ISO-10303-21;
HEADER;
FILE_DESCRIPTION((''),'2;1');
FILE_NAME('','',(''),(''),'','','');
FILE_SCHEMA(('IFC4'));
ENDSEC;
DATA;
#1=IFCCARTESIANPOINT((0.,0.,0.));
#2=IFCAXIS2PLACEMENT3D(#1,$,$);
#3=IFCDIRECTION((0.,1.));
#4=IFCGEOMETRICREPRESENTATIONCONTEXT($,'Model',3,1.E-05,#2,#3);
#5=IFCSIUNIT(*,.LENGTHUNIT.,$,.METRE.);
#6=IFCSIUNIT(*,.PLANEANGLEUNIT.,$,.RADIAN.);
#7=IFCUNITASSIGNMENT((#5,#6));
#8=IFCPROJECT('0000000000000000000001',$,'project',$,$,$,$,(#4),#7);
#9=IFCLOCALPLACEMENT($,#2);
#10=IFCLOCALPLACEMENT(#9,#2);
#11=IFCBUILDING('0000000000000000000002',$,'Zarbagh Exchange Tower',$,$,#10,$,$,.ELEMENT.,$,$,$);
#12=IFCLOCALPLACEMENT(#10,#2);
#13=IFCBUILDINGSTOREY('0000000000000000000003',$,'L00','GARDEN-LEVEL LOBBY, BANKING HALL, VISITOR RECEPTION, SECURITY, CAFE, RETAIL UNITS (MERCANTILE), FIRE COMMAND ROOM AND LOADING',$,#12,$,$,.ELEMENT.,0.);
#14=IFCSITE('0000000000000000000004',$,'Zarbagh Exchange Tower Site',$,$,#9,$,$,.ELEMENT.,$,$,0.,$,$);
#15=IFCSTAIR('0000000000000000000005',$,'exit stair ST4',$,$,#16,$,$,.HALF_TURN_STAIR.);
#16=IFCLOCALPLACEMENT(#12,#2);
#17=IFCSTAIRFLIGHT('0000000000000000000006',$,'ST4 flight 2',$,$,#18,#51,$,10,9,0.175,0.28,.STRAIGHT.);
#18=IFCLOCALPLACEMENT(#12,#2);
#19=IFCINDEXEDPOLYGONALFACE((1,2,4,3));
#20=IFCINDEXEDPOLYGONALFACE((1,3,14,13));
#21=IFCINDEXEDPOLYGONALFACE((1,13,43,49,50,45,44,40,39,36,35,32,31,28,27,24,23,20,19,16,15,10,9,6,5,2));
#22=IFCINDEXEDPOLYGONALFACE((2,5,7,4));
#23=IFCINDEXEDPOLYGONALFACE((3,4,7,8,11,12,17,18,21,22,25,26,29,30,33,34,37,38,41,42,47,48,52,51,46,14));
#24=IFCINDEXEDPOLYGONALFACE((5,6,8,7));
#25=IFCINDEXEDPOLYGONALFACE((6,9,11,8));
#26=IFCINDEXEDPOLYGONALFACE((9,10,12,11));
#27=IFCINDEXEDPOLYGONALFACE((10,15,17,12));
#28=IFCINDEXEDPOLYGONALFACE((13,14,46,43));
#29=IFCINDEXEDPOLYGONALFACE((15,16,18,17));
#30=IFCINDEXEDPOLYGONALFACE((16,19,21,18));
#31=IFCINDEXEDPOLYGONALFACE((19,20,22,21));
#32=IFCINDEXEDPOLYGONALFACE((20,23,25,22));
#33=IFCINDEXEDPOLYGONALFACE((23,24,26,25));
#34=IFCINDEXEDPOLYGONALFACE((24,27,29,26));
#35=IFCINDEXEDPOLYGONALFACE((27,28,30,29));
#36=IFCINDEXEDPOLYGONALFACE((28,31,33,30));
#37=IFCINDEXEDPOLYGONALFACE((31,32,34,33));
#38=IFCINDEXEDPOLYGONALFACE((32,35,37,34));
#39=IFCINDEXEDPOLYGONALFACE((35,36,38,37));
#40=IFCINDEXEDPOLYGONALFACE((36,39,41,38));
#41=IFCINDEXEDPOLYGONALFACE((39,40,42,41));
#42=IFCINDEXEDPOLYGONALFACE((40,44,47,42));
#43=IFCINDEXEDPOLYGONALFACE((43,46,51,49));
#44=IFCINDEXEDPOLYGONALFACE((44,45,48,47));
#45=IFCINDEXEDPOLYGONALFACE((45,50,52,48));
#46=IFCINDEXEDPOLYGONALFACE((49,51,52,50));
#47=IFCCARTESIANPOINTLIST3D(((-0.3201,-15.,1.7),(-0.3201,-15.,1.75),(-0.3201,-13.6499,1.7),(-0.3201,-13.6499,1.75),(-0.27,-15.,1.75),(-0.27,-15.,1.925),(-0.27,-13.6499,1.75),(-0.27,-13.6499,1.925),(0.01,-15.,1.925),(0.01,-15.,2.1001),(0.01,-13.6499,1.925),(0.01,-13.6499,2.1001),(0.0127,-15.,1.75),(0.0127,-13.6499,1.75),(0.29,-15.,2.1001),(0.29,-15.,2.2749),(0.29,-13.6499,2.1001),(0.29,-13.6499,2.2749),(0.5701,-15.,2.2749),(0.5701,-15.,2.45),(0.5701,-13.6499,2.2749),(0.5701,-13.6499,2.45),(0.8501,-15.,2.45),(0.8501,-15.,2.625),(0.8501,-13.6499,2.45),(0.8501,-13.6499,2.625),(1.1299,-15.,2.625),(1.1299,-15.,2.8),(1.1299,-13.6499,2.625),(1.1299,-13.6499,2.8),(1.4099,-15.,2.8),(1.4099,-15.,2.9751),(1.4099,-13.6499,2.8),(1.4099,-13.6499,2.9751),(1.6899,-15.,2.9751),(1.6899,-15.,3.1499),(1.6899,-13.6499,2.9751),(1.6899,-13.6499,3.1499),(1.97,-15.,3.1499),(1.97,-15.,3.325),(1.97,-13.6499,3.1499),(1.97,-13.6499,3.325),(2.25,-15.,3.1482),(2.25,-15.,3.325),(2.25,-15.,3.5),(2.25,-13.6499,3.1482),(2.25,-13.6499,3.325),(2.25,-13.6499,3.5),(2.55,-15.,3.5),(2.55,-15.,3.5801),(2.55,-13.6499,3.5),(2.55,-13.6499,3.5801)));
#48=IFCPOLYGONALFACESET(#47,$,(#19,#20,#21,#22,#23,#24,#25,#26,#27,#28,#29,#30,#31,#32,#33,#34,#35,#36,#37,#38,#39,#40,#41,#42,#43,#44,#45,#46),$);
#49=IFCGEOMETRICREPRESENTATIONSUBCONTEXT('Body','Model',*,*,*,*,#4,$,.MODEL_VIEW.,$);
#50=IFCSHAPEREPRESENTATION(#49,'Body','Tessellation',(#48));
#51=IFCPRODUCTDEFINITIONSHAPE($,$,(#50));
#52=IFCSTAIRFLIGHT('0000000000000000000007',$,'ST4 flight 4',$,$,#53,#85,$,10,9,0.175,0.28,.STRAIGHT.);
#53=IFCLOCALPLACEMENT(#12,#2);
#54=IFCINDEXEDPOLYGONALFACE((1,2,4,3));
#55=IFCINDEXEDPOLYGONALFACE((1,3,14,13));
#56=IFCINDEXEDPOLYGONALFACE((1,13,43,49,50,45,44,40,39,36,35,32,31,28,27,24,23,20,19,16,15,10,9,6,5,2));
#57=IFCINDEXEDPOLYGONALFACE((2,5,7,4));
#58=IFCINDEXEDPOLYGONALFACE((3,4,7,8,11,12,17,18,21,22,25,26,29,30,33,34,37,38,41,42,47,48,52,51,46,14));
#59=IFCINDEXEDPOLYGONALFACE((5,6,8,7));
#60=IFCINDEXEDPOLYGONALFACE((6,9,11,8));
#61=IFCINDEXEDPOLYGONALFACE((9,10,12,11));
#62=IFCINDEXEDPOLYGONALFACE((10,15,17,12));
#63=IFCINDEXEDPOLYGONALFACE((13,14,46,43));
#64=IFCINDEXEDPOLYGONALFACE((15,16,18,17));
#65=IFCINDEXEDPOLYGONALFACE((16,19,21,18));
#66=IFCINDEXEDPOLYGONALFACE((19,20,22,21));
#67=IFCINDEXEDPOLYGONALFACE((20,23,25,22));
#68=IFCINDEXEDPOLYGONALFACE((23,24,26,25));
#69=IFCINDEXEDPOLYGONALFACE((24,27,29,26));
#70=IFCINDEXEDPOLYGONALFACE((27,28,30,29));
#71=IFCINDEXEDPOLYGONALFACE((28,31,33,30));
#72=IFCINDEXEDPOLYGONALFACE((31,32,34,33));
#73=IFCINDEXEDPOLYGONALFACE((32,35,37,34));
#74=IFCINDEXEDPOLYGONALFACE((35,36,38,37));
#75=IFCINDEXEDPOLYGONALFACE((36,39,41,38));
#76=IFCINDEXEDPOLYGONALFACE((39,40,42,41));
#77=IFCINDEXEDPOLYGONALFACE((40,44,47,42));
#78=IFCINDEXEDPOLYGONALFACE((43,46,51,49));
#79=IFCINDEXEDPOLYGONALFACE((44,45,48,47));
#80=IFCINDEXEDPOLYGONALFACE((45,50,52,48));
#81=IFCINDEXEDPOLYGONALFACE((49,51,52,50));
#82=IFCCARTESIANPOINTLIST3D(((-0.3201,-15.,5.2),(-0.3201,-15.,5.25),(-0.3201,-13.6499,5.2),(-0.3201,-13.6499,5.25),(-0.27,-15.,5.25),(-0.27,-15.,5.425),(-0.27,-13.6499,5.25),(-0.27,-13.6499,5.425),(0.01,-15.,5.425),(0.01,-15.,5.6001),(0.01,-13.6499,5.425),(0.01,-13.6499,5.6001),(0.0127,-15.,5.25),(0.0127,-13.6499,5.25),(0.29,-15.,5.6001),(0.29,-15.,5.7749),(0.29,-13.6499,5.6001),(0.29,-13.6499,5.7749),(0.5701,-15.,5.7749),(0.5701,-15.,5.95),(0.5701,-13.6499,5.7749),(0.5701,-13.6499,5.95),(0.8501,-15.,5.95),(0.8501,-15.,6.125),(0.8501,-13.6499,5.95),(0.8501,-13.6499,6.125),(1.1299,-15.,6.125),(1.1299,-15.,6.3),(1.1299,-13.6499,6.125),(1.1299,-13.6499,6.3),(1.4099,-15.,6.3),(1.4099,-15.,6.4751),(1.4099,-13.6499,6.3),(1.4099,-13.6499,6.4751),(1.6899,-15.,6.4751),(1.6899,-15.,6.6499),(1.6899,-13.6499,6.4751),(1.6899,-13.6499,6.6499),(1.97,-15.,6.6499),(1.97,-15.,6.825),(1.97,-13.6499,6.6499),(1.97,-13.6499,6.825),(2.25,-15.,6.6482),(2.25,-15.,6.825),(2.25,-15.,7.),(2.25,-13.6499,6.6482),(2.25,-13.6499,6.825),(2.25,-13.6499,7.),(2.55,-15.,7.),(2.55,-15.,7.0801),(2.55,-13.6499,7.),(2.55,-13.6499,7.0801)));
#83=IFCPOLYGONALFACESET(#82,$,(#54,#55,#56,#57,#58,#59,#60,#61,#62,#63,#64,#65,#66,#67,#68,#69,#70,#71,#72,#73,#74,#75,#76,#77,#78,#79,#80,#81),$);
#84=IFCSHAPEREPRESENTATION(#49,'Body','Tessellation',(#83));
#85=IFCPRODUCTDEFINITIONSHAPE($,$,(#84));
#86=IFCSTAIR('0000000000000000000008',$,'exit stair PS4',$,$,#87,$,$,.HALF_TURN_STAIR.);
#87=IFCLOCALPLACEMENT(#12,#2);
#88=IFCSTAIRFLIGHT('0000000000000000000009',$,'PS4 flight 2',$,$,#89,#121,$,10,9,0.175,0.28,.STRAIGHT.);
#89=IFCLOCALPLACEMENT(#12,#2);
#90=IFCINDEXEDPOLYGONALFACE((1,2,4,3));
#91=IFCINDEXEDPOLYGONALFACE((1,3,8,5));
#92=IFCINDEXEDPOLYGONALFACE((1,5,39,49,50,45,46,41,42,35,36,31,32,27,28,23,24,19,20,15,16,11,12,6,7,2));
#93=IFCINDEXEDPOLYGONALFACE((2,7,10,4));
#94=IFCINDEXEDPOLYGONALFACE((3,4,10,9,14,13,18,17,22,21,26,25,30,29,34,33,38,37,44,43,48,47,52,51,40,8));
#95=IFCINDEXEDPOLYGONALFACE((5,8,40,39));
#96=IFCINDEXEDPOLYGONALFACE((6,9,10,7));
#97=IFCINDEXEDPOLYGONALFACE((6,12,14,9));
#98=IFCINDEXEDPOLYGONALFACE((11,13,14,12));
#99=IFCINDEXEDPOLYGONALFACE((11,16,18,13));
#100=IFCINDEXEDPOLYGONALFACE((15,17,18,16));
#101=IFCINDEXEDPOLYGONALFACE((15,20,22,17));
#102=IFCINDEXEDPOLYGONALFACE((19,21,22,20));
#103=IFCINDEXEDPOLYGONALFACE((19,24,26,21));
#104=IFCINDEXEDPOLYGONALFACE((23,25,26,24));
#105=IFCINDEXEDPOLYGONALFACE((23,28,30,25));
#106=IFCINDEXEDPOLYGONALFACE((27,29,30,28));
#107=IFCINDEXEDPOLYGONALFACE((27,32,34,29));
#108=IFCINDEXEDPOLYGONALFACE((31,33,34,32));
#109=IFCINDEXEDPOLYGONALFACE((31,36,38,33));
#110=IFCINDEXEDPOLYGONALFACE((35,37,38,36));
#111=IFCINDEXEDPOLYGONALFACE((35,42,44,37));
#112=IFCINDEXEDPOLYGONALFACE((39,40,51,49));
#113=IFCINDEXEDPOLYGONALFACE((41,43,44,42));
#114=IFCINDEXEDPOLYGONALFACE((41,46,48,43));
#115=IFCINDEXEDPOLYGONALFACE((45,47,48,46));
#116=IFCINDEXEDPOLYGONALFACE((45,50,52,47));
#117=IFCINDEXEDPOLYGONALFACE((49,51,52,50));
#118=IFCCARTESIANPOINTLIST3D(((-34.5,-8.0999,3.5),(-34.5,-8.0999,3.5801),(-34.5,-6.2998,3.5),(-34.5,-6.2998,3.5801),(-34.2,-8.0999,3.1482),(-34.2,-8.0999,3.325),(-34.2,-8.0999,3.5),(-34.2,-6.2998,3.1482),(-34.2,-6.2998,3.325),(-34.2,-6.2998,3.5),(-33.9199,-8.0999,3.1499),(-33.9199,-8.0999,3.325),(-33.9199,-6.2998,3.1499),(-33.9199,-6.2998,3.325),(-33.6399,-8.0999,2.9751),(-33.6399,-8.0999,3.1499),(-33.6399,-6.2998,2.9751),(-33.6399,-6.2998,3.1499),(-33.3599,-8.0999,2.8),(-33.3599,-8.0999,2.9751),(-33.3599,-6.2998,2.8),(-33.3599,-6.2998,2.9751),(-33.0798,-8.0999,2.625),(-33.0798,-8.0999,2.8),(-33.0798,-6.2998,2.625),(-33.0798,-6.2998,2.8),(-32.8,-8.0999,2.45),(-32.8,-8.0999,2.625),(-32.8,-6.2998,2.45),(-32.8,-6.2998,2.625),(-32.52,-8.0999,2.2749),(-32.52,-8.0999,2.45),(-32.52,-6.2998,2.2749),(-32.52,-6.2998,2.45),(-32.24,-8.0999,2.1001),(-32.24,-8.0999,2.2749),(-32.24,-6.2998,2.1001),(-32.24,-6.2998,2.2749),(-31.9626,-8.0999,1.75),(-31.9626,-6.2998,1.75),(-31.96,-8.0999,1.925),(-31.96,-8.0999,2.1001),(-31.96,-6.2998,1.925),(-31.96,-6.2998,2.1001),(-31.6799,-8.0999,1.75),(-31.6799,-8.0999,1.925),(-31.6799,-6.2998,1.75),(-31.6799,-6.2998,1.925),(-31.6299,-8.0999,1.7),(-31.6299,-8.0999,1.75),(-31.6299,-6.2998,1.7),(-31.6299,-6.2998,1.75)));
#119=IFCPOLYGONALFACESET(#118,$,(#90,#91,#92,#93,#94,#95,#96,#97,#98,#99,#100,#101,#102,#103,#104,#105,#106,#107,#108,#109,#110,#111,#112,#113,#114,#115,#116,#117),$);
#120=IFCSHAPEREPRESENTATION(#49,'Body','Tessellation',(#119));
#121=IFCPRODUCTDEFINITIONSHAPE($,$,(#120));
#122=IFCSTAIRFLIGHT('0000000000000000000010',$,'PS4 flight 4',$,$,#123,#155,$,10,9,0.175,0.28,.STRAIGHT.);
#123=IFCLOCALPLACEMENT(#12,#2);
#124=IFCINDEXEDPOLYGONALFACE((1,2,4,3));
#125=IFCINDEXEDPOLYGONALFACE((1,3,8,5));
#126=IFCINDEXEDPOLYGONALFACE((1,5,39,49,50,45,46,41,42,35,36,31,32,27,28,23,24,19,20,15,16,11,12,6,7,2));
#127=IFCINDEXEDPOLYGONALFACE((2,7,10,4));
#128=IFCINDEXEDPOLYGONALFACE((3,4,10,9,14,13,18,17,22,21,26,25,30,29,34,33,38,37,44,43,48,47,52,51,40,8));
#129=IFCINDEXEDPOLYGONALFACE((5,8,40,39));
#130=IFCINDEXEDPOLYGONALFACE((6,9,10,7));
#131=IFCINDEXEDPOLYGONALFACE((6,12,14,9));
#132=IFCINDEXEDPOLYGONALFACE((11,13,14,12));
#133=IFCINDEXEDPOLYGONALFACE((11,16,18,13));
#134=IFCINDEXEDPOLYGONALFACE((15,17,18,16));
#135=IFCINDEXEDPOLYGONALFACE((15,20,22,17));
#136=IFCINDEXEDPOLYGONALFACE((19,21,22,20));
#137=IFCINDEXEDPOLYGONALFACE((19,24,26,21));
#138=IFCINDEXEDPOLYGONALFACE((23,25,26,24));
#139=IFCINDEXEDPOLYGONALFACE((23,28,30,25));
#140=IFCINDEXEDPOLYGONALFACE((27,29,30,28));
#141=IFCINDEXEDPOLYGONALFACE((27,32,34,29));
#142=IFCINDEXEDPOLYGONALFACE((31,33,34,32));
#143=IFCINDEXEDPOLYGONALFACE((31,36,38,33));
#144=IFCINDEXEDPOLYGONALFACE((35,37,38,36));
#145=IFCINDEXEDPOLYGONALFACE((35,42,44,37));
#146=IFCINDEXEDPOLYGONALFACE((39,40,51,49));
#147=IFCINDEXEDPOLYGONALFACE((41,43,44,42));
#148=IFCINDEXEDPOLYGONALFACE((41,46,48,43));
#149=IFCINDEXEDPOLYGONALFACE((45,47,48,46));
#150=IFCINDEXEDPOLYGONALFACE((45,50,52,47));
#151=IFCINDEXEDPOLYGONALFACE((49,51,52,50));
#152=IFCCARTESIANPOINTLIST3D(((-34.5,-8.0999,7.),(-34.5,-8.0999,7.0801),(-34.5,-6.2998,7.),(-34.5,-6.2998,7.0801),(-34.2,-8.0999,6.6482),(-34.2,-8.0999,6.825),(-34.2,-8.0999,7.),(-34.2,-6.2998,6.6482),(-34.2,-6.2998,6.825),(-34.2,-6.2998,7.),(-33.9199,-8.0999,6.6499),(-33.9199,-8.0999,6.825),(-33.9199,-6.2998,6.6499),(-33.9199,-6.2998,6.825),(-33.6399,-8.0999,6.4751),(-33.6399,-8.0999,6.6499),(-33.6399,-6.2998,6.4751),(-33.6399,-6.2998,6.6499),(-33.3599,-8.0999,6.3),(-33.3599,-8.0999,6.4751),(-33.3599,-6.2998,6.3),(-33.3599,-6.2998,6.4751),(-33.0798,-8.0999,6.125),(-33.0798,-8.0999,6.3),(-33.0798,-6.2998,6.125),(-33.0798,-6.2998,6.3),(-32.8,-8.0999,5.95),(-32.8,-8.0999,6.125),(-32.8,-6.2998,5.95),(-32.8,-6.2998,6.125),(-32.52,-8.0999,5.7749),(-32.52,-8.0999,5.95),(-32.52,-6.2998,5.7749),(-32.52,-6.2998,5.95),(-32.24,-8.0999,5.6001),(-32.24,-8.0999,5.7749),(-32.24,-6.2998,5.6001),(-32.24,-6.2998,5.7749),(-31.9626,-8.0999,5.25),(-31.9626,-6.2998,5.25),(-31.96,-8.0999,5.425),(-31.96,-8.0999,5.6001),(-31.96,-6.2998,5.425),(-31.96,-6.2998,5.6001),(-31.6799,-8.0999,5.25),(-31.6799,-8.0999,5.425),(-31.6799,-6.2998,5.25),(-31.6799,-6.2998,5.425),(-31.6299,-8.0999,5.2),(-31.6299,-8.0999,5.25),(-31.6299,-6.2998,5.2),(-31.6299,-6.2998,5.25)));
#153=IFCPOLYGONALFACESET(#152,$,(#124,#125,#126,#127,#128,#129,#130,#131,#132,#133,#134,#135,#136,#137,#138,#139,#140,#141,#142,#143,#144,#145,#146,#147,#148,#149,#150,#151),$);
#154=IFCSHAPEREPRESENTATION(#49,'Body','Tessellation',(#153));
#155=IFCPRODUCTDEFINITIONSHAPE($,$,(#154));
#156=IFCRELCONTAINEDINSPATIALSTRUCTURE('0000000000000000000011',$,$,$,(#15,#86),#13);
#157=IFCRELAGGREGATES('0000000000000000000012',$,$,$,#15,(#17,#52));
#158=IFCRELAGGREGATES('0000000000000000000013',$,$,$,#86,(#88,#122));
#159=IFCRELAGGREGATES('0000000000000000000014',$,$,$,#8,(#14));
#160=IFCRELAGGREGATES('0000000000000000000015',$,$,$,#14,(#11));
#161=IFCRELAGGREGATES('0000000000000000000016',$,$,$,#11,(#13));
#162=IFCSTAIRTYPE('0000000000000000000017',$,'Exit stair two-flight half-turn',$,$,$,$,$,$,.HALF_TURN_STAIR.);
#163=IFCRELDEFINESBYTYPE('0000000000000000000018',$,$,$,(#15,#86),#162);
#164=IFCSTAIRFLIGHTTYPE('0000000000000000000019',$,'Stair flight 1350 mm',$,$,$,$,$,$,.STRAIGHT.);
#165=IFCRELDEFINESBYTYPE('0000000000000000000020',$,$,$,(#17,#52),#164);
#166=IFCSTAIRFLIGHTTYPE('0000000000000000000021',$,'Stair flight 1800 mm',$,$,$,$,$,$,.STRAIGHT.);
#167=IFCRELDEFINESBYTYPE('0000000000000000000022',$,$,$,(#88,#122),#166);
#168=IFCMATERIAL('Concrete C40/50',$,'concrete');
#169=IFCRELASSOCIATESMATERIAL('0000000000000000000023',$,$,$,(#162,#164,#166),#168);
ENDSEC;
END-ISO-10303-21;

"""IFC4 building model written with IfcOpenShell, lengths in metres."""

from ifc_helpers import new_model, si_unit, direction, frame, origin, place, context, subcontext, project, spatial, polyline, outline, extrude, material, type_object, element, aggregate, save


model = new_model("IFC4")

# Units and contexts
model_context = context("Model", 3, precision=1e-05, world=origin(), true_north=direction((0.0, 1.0)))
body_context = subcontext(model_context, "Body", "Model", "MODEL_VIEW")
ifc_project = project(units=[si_unit("LENGTHUNIT", "METRE"), si_unit("PLANEANGLEUNIT", "RADIAN")], contexts=[model_context])

# Site, building, storey
site_placement = place(None, origin())
site = spatial("IfcSite", under=ifc_project, at=site_placement, Name="Zarbagh Exchange Tower Site", CompositionType="ELEMENT", RefElevation=0.0)
building_placement = place(site_placement, origin())
building = spatial("IfcBuilding", under=site, at=building_placement, Name="Zarbagh Exchange Tower", CompositionType="ELEMENT")
storey_placement = place(building_placement, origin())
storey = spatial("IfcBuildingStorey", under=building, at=storey_placement, Name="L00", Description="GARDEN-LEVEL LOBBY, BANKING HALL, VISITOR RECEPTION, SECURITY, CAFE, RETAIL UNITS (MERCANTILE), FIRE COMMAND ROOM AND LOADING", CompositionType="ELEMENT", Elevation=0.0)

# Shared definitions
ifc_material_1 = material(Name="Concrete C40/50", Category="concrete")

# Stairs, stair flights
stair_type = type_object("IfcStairType", Name="Exit stair two-flight half-turn", PredefinedType="HALF_TURN_STAIR", material=ifc_material_1)
stair_1_placement = place(storey_placement, origin())
stair_1 = element("IfcStair", 1, at=stair_1_placement, inside=storey, type_object=stair_type, Name="exit stair ST4", PredefinedType="HALF_TURN_STAIR")
stair_flight_type_1 = type_object("IfcStairFlightType", Name="Stair flight 1350 mm", PredefinedType="STRAIGHT", material=ifc_material_1)
stair_flight_1_placement = place(storey_placement, frame((-0.27, -14.325, 1.75), z_axis=(0.0, 0.0, 1.0), x_axis=(1.0, 0.0, 0.0)))
stair_flight_1 = element("IfcStairFlight", 2, at=stair_flight_1_placement, type_object=stair_flight_type_1, Name="ST4 flight 2", NumberOfRisers=10, NumberOfTreads=9, PredefinedType="STRAIGHT", RiserHeight=0.175, TreadLength=0.28, context=body_context, shape_type="SweptSolid", body=[
    extrude(outline(polyline([(-0.05, -0.05), (-0.05, 0.0), (0.0, 0.0), (0.0, 0.175), (0.28, 0.175), (0.28, 0.3501), (0.5601, 0.3501), (0.5601, 0.5249), (0.8401, 0.5249), (0.8401, 0.7), (1.1201, 0.7), (1.1201, 0.875), (1.3999, 0.875), (1.3999, 1.05), (1.6799, 1.05), (1.6799, 1.2251), (1.96, 1.2251), (1.96, 1.3999), (2.24, 1.3999), (2.24, 1.575), (2.52, 1.575), (2.52, 1.75), (2.8201, 1.8301), (2.8201, 1.75), (2.52, 1.3982), (0.2827, 0.0), (-0.05, -0.05)])), frame((0.0, 0.675, 0.0), z_axis=(0.0, -1.0, 0.0), x_axis=(1.0, 0.0, 0.0)), (0.0, 0.0, 1.0), 1.3501),
])
stair_flight_2_placement = place(storey_placement, frame((-0.27, -14.325, 5.25), z_axis=(0.0, 0.0, 1.0), x_axis=(1.0, 0.0, 0.0)))
stair_flight_2 = element("IfcStairFlight", 3, at=stair_flight_2_placement, type_object=stair_flight_type_1, Name="ST4 flight 4", NumberOfRisers=10, NumberOfTreads=9, PredefinedType="STRAIGHT", RiserHeight=0.175, TreadLength=0.28, context=body_context, shape_type="SweptSolid", body=[
    extrude(outline(polyline([(-0.05, -0.05), (-0.05, 0.0), (0.0, 0.0), (0.0, 0.175), (0.28, 0.175), (0.28, 0.3501), (0.5601, 0.3501), (0.5601, 0.5249), (0.8401, 0.5249), (0.8401, 0.7), (1.1201, 0.7), (1.1201, 0.875), (1.3999, 0.875), (1.3999, 1.05), (1.6799, 1.05), (1.6799, 1.2251), (1.96, 1.2251), (1.96, 1.3999), (2.24, 1.3999), (2.24, 1.575), (2.52, 1.575), (2.52, 1.75), (2.8201, 1.8301), (2.8201, 1.75), (2.52, 1.3982), (0.2827, 0.0), (-0.05, -0.05)])), frame((0.0, 0.675, 0.0), z_axis=(0.0, -1.0, 0.0), x_axis=(1.0, 0.0, 0.0)), (0.0, 0.0, 1.0), 1.3501),
])
aggregate(stair_1, [stair_flight_1, stair_flight_2])
stair_2_placement = place(storey_placement, origin())
stair_2 = element("IfcStair", 4, at=stair_2_placement, inside=storey, type_object=stair_type, Name="exit stair PS4", PredefinedType="HALF_TURN_STAIR")
stair_flight_type_2 = type_object("IfcStairFlightType", Name="Stair flight 1800 mm", PredefinedType="STRAIGHT", material=ifc_material_1)
stair_flight_3_placement = place(storey_placement, frame((-31.6799, -7.2, 1.75), z_axis=(0.0, 0.0, 1.0), x_axis=(-1.0, 0.0, 0.0)))
stair_flight_3 = element("IfcStairFlight", 5, at=stair_flight_3_placement, type_object=stair_flight_type_2, Name="PS4 flight 2", NumberOfRisers=10, NumberOfTreads=9, PredefinedType="STRAIGHT", RiserHeight=0.175, TreadLength=0.28, context=body_context, shape_type="SweptSolid", body=[
    extrude(outline(polyline([(-0.05, -0.05), (-0.05, 0.0), (0.0, 0.0), (0.0, 0.175), (0.28, 0.175), (0.28, 0.3501), (0.5601, 0.3501), (0.5601, 0.5249), (0.8401, 0.5249), (0.8401, 0.7), (1.1201, 0.7), (1.1201, 0.875), (1.3999, 0.875), (1.3999, 1.05), (1.6799, 1.05), (1.6799, 1.2251), (1.96, 1.2251), (1.96, 1.3999), (2.24, 1.3999), (2.24, 1.575), (2.52, 1.575), (2.52, 1.75), (2.8201, 1.8301), (2.8201, 1.75), (2.52, 1.3982), (0.2827, 0.0), (-0.05, -0.05)])), frame((0.0, 0.8999, 0.0), z_axis=(0.0, -1.0, 0.0), x_axis=(1.0, 0.0, 0.0)), (0.0, 0.0, 1.0), 1.8),
])
stair_flight_4_placement = place(storey_placement, frame((-31.6799, -7.2, 5.25), z_axis=(0.0, 0.0, 1.0), x_axis=(-1.0, 0.0, 0.0)))
stair_flight_4 = element("IfcStairFlight", 6, at=stair_flight_4_placement, type_object=stair_flight_type_2, Name="PS4 flight 4", NumberOfRisers=10, NumberOfTreads=9, PredefinedType="STRAIGHT", RiserHeight=0.175, TreadLength=0.28, context=body_context, shape_type="SweptSolid", body=[
    extrude(outline(polyline([(-0.05, -0.05), (-0.05, 0.0), (0.0, 0.0), (0.0, 0.175), (0.28, 0.175), (0.28, 0.3501), (0.5601, 0.3501), (0.5601, 0.5249), (0.8401, 0.5249), (0.8401, 0.7), (1.1201, 0.7), (1.1201, 0.875), (1.3999, 0.875), (1.3999, 1.05), (1.6799, 1.05), (1.6799, 1.2251), (1.96, 1.2251), (1.96, 1.3999), (2.24, 1.3999), (2.24, 1.575), (2.52, 1.575), (2.52, 1.75), (2.8201, 1.8301), (2.8201, 1.75), (2.52, 1.3982), (0.2827, 0.0), (-0.05, -0.05)])), frame((0.0, 0.8999, 0.0), z_axis=(0.0, -1.0, 0.0), x_axis=(1.0, 0.0, 0.0)), (0.0, 0.0, 1.0), 1.8),
])
aggregate(stair_2, [stair_flight_3, stair_flight_4])

save(model, "model.ifc")
